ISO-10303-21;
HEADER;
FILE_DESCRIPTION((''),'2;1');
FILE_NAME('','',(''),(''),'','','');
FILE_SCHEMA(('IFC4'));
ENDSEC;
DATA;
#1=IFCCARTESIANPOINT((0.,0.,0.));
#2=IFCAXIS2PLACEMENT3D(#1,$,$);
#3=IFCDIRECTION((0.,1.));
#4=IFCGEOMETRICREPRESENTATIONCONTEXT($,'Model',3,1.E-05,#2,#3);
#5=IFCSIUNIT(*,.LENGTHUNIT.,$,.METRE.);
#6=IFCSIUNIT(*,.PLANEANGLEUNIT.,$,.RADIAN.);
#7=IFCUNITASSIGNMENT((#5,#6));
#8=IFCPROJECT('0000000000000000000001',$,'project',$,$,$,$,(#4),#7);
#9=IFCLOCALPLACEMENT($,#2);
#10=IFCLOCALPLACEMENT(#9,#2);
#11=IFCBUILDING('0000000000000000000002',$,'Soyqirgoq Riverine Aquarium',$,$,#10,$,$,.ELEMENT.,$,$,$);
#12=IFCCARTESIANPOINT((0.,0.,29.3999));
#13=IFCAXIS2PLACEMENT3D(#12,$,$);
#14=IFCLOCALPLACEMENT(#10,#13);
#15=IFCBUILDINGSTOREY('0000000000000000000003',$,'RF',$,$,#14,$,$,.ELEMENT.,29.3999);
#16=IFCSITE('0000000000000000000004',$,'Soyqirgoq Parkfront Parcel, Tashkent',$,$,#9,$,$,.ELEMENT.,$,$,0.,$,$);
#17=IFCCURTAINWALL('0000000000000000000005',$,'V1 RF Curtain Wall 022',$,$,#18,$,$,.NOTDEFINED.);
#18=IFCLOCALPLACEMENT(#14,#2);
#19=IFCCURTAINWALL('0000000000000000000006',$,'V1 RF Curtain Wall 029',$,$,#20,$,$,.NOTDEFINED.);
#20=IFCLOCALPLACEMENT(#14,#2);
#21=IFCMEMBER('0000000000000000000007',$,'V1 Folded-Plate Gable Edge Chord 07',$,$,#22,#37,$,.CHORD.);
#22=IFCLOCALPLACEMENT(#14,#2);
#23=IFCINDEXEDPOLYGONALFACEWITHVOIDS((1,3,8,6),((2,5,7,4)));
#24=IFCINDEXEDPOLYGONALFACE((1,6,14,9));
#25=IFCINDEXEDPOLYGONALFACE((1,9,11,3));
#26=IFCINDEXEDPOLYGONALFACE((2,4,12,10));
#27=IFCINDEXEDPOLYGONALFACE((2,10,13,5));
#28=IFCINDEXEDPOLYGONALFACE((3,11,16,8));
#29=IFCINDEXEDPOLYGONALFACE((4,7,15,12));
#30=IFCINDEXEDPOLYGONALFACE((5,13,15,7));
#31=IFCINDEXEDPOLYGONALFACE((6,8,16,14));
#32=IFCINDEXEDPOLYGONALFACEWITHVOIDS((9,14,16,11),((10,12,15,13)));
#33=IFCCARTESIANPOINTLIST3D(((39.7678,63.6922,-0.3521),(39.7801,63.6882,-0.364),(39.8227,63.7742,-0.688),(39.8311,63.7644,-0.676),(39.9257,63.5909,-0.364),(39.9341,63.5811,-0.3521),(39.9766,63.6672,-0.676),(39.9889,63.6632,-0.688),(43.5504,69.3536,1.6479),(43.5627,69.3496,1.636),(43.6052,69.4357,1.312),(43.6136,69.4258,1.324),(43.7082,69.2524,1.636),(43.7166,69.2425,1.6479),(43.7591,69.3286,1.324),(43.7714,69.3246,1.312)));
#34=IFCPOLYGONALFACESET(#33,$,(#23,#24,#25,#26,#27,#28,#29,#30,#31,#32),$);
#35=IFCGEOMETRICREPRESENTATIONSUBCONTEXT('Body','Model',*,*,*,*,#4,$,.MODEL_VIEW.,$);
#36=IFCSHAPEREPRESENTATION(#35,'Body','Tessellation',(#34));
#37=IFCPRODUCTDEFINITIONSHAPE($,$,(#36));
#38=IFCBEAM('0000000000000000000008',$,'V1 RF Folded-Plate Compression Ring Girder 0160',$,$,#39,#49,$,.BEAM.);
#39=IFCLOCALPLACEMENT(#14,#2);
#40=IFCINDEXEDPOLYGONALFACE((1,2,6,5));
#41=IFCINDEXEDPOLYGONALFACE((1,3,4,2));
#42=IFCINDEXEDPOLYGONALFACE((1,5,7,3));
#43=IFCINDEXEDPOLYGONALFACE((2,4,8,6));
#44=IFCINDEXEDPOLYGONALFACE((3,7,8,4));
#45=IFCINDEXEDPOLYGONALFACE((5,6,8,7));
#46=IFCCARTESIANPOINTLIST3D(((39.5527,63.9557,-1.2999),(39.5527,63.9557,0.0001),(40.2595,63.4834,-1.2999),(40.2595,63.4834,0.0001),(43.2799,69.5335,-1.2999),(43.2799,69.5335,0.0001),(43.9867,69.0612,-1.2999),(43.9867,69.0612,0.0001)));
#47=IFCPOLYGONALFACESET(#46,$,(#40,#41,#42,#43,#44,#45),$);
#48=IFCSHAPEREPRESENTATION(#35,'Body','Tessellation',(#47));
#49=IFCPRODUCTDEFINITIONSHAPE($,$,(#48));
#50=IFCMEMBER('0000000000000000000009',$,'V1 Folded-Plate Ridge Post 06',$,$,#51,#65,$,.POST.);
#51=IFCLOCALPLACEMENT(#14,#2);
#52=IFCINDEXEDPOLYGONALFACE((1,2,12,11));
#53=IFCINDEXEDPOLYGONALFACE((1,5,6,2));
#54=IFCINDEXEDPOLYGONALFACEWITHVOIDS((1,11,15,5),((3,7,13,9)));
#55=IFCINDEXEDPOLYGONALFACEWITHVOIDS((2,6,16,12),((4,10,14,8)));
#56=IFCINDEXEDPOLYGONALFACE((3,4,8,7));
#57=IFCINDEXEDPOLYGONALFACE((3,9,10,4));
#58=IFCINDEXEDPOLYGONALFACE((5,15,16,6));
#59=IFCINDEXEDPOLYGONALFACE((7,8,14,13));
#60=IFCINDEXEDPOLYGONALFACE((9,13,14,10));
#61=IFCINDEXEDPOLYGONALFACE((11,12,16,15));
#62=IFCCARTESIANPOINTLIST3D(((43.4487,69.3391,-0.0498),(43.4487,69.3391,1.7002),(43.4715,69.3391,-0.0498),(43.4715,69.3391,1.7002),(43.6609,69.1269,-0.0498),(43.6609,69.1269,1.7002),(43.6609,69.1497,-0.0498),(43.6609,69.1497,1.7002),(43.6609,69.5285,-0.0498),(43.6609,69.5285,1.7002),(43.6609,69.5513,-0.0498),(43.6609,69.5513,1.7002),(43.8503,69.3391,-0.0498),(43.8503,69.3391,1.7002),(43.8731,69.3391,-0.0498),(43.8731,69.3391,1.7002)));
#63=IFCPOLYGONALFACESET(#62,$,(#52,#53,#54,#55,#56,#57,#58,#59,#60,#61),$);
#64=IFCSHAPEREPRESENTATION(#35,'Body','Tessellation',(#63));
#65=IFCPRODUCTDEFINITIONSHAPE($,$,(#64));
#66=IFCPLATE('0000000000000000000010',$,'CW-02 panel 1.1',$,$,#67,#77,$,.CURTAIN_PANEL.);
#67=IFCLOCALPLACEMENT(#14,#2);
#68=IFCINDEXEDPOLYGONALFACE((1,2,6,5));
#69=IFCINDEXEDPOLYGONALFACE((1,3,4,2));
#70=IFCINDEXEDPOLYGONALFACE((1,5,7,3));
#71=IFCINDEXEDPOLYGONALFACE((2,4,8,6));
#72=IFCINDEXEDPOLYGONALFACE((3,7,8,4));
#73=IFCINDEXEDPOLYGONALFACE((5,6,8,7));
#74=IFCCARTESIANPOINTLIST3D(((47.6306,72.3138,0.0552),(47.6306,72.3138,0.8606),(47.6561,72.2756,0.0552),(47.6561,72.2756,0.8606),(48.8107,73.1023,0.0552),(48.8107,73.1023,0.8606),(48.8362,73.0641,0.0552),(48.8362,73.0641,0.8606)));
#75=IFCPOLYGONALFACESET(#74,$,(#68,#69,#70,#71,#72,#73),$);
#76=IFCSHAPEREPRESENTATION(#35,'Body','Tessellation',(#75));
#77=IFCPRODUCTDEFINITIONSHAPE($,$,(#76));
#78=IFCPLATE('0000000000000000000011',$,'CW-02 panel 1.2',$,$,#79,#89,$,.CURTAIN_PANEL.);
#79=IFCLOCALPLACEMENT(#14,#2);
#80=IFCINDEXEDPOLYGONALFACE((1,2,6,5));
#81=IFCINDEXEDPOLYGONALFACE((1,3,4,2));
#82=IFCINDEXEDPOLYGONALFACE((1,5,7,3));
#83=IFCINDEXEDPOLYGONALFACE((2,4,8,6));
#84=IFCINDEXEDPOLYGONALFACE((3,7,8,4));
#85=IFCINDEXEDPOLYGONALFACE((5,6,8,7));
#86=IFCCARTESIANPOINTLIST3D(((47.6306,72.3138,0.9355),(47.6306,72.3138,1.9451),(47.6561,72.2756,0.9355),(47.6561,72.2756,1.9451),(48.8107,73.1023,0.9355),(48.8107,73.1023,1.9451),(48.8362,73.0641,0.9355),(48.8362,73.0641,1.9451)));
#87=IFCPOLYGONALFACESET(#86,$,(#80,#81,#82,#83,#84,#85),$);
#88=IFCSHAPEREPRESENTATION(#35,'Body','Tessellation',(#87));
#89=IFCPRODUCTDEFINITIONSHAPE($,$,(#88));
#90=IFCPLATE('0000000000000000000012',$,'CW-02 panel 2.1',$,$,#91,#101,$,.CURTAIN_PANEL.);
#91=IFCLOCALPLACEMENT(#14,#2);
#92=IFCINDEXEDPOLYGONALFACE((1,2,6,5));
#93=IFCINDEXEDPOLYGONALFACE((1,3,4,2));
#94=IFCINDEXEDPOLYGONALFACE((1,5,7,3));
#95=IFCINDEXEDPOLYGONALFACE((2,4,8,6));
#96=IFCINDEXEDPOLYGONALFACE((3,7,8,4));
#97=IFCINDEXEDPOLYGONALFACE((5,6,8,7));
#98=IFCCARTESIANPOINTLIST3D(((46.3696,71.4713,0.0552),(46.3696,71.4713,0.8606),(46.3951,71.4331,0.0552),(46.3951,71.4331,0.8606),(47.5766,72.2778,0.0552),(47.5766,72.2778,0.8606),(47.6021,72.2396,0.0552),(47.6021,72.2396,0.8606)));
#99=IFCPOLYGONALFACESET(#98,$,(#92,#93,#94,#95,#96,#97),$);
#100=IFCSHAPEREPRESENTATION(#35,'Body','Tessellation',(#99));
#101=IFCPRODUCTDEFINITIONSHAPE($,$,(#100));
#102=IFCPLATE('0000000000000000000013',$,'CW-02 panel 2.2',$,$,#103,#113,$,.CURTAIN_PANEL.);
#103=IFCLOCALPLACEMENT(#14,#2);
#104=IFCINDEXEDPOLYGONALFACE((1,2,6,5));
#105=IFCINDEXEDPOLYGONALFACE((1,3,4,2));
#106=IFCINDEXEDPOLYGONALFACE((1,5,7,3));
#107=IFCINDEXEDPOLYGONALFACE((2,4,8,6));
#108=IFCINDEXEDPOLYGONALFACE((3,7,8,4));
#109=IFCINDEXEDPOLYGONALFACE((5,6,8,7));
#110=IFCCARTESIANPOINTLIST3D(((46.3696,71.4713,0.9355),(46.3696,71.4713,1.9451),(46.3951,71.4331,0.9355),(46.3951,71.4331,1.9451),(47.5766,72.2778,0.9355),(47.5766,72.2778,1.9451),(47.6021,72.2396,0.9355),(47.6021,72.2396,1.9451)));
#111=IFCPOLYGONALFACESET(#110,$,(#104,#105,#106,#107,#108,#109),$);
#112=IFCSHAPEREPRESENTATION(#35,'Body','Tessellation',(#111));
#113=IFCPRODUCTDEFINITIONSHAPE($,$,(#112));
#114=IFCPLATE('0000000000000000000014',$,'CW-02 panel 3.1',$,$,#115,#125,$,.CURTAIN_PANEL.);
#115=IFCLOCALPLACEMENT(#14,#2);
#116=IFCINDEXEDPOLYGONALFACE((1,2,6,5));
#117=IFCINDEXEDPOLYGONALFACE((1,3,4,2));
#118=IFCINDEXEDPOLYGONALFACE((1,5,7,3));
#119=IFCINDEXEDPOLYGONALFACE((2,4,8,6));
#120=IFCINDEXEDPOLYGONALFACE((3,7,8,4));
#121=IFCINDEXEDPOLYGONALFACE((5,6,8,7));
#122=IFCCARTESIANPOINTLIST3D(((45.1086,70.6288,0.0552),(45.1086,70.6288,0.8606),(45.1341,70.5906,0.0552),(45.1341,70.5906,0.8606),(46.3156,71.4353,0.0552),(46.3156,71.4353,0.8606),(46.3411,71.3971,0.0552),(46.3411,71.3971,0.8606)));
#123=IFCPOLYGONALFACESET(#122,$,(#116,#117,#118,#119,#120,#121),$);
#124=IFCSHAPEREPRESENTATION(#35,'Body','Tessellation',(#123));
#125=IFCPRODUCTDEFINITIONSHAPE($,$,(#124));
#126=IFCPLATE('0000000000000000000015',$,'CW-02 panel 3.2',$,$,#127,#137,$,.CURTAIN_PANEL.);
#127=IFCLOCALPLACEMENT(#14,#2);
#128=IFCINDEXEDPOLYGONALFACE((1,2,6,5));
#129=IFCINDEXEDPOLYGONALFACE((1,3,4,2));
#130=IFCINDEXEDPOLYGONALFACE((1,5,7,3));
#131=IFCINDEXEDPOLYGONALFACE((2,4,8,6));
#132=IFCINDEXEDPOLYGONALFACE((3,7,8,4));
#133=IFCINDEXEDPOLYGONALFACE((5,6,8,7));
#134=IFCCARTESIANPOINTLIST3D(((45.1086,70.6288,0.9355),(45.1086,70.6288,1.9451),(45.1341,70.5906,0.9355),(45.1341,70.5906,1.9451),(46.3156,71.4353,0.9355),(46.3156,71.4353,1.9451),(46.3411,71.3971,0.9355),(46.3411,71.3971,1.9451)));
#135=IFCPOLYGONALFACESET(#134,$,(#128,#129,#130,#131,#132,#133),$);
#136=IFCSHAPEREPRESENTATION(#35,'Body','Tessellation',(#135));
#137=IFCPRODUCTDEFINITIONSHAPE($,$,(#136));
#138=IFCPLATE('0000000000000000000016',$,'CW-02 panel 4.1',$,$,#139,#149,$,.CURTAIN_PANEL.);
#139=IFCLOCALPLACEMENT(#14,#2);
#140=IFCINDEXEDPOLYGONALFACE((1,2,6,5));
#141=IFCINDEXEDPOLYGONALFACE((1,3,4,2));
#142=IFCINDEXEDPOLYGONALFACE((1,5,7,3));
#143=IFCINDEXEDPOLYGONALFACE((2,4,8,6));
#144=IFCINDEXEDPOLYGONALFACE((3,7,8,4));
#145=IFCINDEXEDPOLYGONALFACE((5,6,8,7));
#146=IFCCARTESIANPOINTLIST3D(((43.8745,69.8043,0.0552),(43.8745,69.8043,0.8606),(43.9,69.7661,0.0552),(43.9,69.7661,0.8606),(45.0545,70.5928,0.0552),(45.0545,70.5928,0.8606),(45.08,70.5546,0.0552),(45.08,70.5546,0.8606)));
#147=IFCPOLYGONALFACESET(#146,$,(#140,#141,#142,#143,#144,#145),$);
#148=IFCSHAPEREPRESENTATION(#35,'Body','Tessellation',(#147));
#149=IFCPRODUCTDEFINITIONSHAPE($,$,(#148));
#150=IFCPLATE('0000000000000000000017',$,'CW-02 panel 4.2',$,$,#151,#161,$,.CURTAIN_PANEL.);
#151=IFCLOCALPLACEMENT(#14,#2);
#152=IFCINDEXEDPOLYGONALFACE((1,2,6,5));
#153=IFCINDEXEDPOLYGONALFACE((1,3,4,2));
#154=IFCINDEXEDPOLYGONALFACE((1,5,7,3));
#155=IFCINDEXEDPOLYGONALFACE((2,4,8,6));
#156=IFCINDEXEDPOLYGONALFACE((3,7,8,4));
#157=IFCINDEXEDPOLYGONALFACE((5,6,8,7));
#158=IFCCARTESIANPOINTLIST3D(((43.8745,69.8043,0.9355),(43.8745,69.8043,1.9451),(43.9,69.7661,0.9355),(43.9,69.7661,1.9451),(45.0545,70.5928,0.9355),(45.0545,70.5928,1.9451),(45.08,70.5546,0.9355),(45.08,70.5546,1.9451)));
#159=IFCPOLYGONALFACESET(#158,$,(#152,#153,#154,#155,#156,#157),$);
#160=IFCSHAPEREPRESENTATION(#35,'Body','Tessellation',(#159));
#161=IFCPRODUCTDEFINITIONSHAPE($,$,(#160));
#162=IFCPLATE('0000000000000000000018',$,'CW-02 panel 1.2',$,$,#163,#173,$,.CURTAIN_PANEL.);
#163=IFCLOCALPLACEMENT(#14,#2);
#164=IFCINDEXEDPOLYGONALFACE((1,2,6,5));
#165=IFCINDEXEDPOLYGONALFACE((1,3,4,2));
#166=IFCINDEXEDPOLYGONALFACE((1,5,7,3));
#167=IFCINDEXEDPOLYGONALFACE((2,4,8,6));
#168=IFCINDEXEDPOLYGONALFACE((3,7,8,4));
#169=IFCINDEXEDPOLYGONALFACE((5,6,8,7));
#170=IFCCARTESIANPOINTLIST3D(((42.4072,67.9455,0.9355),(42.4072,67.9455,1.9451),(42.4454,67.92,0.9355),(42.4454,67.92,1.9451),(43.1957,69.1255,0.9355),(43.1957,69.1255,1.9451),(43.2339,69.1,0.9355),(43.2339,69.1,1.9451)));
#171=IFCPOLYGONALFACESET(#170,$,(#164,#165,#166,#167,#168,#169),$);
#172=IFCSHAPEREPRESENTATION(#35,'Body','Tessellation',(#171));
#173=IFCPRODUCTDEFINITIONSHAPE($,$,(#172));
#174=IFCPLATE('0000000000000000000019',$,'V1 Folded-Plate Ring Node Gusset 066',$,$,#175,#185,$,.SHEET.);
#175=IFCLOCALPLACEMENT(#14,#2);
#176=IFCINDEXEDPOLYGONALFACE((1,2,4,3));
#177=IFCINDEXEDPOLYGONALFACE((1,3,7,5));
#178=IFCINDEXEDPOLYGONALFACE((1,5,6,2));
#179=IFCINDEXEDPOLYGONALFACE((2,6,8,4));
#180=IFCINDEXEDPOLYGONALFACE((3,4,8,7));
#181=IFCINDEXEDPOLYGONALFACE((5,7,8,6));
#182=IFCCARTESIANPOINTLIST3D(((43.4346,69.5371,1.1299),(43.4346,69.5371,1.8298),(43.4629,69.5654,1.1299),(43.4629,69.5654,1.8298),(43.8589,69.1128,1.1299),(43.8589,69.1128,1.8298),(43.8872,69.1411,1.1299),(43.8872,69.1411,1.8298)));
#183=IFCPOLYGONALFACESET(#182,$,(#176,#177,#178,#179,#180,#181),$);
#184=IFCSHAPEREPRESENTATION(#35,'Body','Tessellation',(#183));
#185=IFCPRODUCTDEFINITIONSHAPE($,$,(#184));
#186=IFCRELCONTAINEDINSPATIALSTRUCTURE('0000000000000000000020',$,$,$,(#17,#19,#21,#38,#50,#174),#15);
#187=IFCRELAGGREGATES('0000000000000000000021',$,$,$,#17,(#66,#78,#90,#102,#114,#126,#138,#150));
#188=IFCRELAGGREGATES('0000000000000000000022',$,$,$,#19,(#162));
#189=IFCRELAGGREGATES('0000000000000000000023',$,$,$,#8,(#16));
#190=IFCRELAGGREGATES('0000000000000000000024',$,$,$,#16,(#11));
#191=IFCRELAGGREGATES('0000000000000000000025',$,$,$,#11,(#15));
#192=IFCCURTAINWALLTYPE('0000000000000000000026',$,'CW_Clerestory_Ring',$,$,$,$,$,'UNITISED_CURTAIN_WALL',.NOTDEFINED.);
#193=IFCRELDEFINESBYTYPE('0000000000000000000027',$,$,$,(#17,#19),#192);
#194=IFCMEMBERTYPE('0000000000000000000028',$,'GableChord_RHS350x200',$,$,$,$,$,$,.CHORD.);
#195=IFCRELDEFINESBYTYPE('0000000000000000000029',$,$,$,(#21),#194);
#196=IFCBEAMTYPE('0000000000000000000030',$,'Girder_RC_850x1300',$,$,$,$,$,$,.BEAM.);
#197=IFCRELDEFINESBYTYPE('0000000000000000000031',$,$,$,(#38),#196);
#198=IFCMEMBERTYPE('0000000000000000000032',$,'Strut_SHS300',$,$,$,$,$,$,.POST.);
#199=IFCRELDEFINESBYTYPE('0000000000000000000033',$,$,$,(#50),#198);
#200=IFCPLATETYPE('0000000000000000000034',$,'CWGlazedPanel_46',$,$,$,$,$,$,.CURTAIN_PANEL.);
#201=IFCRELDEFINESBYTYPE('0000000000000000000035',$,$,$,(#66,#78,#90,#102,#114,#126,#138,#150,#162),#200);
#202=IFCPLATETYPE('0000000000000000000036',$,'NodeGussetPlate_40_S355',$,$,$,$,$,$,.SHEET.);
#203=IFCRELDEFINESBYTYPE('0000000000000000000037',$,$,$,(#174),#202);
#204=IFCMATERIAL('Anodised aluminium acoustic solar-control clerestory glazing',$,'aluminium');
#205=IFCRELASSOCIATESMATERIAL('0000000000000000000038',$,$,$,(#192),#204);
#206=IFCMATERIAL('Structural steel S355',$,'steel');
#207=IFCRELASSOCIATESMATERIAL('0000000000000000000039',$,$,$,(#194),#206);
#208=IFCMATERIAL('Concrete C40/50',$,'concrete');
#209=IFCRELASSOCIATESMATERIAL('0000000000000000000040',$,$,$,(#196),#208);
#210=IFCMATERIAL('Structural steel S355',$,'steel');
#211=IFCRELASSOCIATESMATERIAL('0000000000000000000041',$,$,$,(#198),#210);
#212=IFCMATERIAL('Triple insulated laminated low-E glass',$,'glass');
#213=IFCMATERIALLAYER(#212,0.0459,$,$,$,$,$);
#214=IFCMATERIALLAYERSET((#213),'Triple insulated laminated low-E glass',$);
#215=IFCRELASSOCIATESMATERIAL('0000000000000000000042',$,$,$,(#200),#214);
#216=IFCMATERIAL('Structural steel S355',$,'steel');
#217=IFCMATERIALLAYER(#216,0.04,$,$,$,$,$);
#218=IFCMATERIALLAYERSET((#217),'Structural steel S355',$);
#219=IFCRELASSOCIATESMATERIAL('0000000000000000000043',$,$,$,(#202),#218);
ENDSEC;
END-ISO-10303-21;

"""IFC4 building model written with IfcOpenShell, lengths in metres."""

from ifc_helpers import new_model, si_unit, direction, frame, origin, origin_2d, place, context, subcontext, project, spatial, rectangle, hollow_rectangle, extrude, material, layer, layer_set, material_profile, profile_set, type_object, element, aggregate, save


model = new_model("IFC4")

# Units and contexts
model_context = context("Model", 3, precision=1e-05, world=origin(), true_north=direction((0.0, 1.0)))
body_context = subcontext(model_context, "Body", "Model", "MODEL_VIEW")
ifc_project = project(units=[si_unit("LENGTHUNIT", "METRE"), si_unit("PLANEANGLEUNIT", "RADIAN")], contexts=[model_context])

# Site, building, storey
site_placement = place(None, origin())
site = spatial("IfcSite", under=ifc_project, at=site_placement, Name="Soyqirgoq Parkfront Parcel, Tashkent", CompositionType="ELEMENT", RefElevation=0.0)
building_placement = place(site_placement, origin())
building = spatial("IfcBuilding", under=site, at=building_placement, Name="Soyqirgoq Riverine Aquarium", CompositionType="ELEMENT")
storey_placement = place(building_placement, frame((0.0, 0.0, 29.3999)))
storey = spatial("IfcBuildingStorey", under=building, at=storey_placement, Name="RF", CompositionType="ELEMENT", Elevation=29.3999)

# Curtain wall
ifc_material_1 = material(Name="Anodised aluminium acoustic solar-control clerestory glazing", Category="aluminium")
curtain_wall_type = type_object("IfcCurtainWallType", Name="CW_Clerestory_Ring", ElementType="UNITISED_CURTAIN_WALL", PredefinedType="NOTDEFINED", material=ifc_material_1)
curtain_wall_1_placement = place(storey_placement, origin())
curtain_wall_1 = element("IfcCurtainWall", 1, at=curtain_wall_1_placement, inside=storey, type_object=curtain_wall_type, Name="V1 RF Curtain Wall 022", PredefinedType="NOTDEFINED")

# Curtain wall
curtain_wall_2_placement = place(storey_placement, origin())
curtain_wall_2 = element("IfcCurtainWall", 2, at=curtain_wall_2_placement, inside=storey, type_object=curtain_wall_type, Name="V1 RF Curtain Wall 029", PredefinedType="NOTDEFINED")

# Member
ifc_material_2 = material(Name="Structural steel S355", Category="steel")
ifc_material_profile_1 = material_profile(ifc_material_2, hollow_rectangle(XDim=0.2, YDim=0.3501, WallThickness=0.0125, at=origin_2d()), Name="RHS 350x200x12.5")
ifc_profile_set_1 = profile_set([ifc_material_profile_1], Name="Structural steel S355")
member_type_1 = type_object("IfcMemberType", Name="GableChord_RHS350x200", PredefinedType="CHORD", material=ifc_profile_set_1)
member_1_placement = place(storey_placement, frame((43.6609, 69.3391, 1.48), z_axis=(-0.533016, -0.797786, -0.281835), x_axis=(0.831493, -0.555536, 0.0)))
element("IfcMember", 3, at=member_1_placement, inside=storey, type_object=member_type_1, Name="V1 Folded-Plate Gable Edge Chord 07", PredefinedType="CHORD", context=body_context, shape_type="SweptSolid", body=[
    extrude(hollow_rectangle(XDim=0.2, YDim=0.3501, WallThickness=0.0125, at=origin_2d()), origin(), (0.0, 0.0, 1.0), 7.0964),
])

# Beam
ifc_material_3 = material(Name="Concrete C40/50", Category="concrete")
ifc_material_profile_2 = material_profile(ifc_material_3, rectangle(XDim=0.8501, YDim=1.3, at=origin_2d()), Name="RC 850x1300")
ifc_profile_set_2 = profile_set([ifc_material_profile_2], Name="Concrete C40/50")
beam_type = type_object("IfcBeamType", Name="Girder_RC_850x1300", PredefinedType="BEAM", material=ifc_profile_set_2)
beam_placement = place(storey_placement, frame((43.6333, 69.2974, -0.6499), z_axis=(-0.555598, -0.831451, 0.0), x_axis=(0.831451, -0.555598, 0.0)))
element("IfcBeam", 4, at=beam_placement, inside=storey, type_object=beam_type, Name="V1 RF Folded-Plate Compression Ring Girder 0160", PredefinedType="BEAM", context=body_context, shape_type="SweptSolid", body=[
    extrude(rectangle(XDim=0.8501, YDim=1.3, at=origin_2d()), origin(), (0.0, 0.0, 1.0), 6.7085),
])

# Member
ifc_material_4 = material(Name="Structural steel S355", Category="steel")
ifc_material_profile_3 = material_profile(ifc_material_4, hollow_rectangle(XDim=0.3, YDim=0.3, WallThickness=0.0161, at=origin_2d()), Name="SHS 300x300x16")
ifc_profile_set_3 = profile_set([ifc_material_profile_3], Name="Structural steel S355")
member_type_2 = type_object("IfcMemberType", Name="Strut_SHS300", PredefinedType="POST", material=ifc_profile_set_3)
member_2_placement = place(storey_placement, frame((43.6609, 69.3391, -0.0498), z_axis=(0.0, 0.0, 1.0), x_axis=(-0.707107, 0.707107, 0.0)))
element("IfcMember", 5, at=member_2_placement, inside=storey, type_object=member_type_2, Name="V1 Folded-Plate Ridge Post 06", PredefinedType="POST", context=body_context, shape_type="SweptSolid", body=[
    extrude(hollow_rectangle(XDim=0.3, YDim=0.3, WallThickness=0.0161, at=origin_2d()), origin(), (0.0, 0.0, 1.0), 1.75),
])

# Plates
ifc_material_5 = material(Name="Triple insulated laminated low-E glass", Category="glass")
ifc_layer_1 = layer(ifc_material_5, 0.0459)
ifc_layer_set_1 = layer_set([ifc_layer_1], Name="Triple insulated laminated low-E glass")
plate_type_1 = type_object("IfcPlateType", Name="CWGlazedPanel_46", PredefinedType="CURTAIN_PANEL", material=ifc_layer_set_1)
plate_1_placement = place(storey_placement, frame((48.2334, 72.689, 0.0552), z_axis=(0.0, 0.0, 1.0), x_axis=(-0.831464, -0.555579, 0.0)))
plate_1 = element("IfcPlate", 6, at=plate_1_placement, type_object=plate_type_1, Name="CW-02 panel 1.1", PredefinedType="CURTAIN_PANEL", context=body_context, shape_type="SweptSolid", body=[
    extrude(rectangle(XDim=1.4192, YDim=0.0459, at=origin_2d()), origin(), (0.0, 0.0, 1.0), 0.8054),
])
plate_2_placement = place(storey_placement, frame((48.2334, 72.689, 0.9355), z_axis=(0.0, 0.0, 1.0), x_axis=(-0.831464, -0.555579, 0.0)))
plate_2 = element("IfcPlate", 7, at=plate_2_placement, type_object=plate_type_1, Name="CW-02 panel 1.2", PredefinedType="CURTAIN_PANEL", context=body_context, shape_type="SweptSolid", body=[
    extrude(rectangle(XDim=1.4192, YDim=0.0459, at=origin_2d()), origin(), (0.0, 0.0, 1.0), 1.0095),
])
plate_3_placement = place(storey_placement, frame((46.9858, 71.8555, 0.0552), z_axis=(0.0, 0.0, 1.0), x_axis=(-0.831464, -0.555579, 0.0)))
plate_3 = element("IfcPlate", 8, at=plate_3_placement, type_object=plate_type_1, Name="CW-02 panel 2.1", PredefinedType="CURTAIN_PANEL", context=body_context, shape_type="SweptSolid", body=[
    extrude(rectangle(XDim=1.4517, YDim=0.0459, at=origin_2d()), origin(), (0.0, 0.0, 1.0), 0.8054),
])
plate_4_placement = place(storey_placement, frame((46.9858, 71.8555, 0.9355), z_axis=(0.0, 0.0, 1.0), x_axis=(-0.831464, -0.555579, 0.0)))
plate_4 = element("IfcPlate", 9, at=plate_4_placement, type_object=plate_type_1, Name="CW-02 panel 2.2", PredefinedType="CURTAIN_PANEL", context=body_context, shape_type="SweptSolid", body=[
    extrude(rectangle(XDim=1.4517, YDim=0.0459, at=origin_2d()), origin(), (0.0, 0.0, 1.0), 1.0095),
])
plate_5_placement = place(storey_placement, frame((45.7249, 71.0129, 0.0552), z_axis=(0.0, 0.0, 1.0), x_axis=(-0.831464, -0.555579, 0.0)))
plate_5 = element("IfcPlate", 10, at=plate_5_placement, type_object=plate_type_1, Name="CW-02 panel 3.1", PredefinedType="CURTAIN_PANEL", context=body_context, shape_type="SweptSolid", body=[
    extrude(rectangle(XDim=1.4517, YDim=0.0459, at=origin_2d()), origin(), (0.0, 0.0, 1.0), 0.8054),
])
plate_6_placement = place(storey_placement, frame((45.7249, 71.0129, 0.9355), z_axis=(0.0, 0.0, 1.0), x_axis=(-0.831464, -0.555579, 0.0)))
plate_6 = element("IfcPlate", 11, at=plate_6_placement, type_object=plate_type_1, Name="CW-02 panel 3.2", PredefinedType="CURTAIN_PANEL", context=body_context, shape_type="SweptSolid", body=[
    extrude(rectangle(XDim=1.4517, YDim=0.0459, at=origin_2d()), origin(), (0.0, 0.0, 1.0), 1.0095),
])
plate_7_placement = place(storey_placement, frame((44.4773, 70.1794, 0.0552), z_axis=(0.0, 0.0, 1.0), x_axis=(-0.831464, -0.555579, 0.0)))
plate_7 = element("IfcPlate", 12, at=plate_7_placement, type_object=plate_type_1, Name="CW-02 panel 4.1", PredefinedType="CURTAIN_PANEL", context=body_context, shape_type="SweptSolid", body=[
    extrude(rectangle(XDim=1.4192, YDim=0.0459, at=origin_2d()), origin(), (0.0, 0.0, 1.0), 0.8054),
])
plate_8_placement = place(storey_placement, frame((44.4773, 70.1794, 0.9355), z_axis=(0.0, 0.0, 1.0), x_axis=(-0.831464, -0.555579, 0.0)))
plate_8 = element("IfcPlate", 13, at=plate_8_placement, type_object=plate_type_1, Name="CW-02 panel 4.2", PredefinedType="CURTAIN_PANEL", context=body_context, shape_type="SweptSolid", body=[
    extrude(rectangle(XDim=1.4192, YDim=0.0459, at=origin_2d()), origin(), (0.0, 0.0, 1.0), 1.0095),
])
aggregate(curtain_wall_1, [plate_1, plate_2, plate_3, plate_4, plate_5, plate_6, plate_7, plate_8])
plate_9_placement = place(storey_placement, frame((42.8206, 68.5227, 0.9355), z_axis=(0.0, 0.0, 1.0), x_axis=(-0.555579, -0.831464, 0.0)))
plate_9 = element("IfcPlate", 14, at=plate_9_placement, type_object=plate_type_1, Name="CW-02 panel 1.2", PredefinedType="CURTAIN_PANEL", context=body_context, shape_type="SweptSolid", body=[
    extrude(rectangle(XDim=1.4192, YDim=0.0459, at=origin_2d()), origin(), (0.0, 0.0, 1.0), 1.0095),
])
aggregate(curtain_wall_2, [plate_9])

# Plate
ifc_material_6 = material(Name="Structural steel S355", Category="steel")
ifc_layer_2 = layer(ifc_material_6, 0.04)
ifc_layer_set_2 = layer_set([ifc_layer_2], Name="Structural steel S355")
plate_type_2 = type_object("IfcPlateType", Name="NodeGussetPlate_40_S355", PredefinedType="SHEET", material=ifc_layer_set_2)
plate_10_placement = place(storey_placement, frame((43.6609, 69.3391, 1.1299), z_axis=(0.0, 0.0, 1.0), x_axis=(-0.707107, 0.707107, 0.0)))
element("IfcPlate", 15, at=plate_10_placement, inside=storey, type_object=plate_type_2, Name="V1 Folded-Plate Ring Node Gusset 066", PredefinedType="SHEET", context=body_context, shape_type="SweptSolid", body=[
    extrude(rectangle(XDim=0.6001, YDim=0.04, at=origin_2d()), origin(), (0.0, 0.0, 1.0), 0.7),
])

save(model, "model.ifc")
